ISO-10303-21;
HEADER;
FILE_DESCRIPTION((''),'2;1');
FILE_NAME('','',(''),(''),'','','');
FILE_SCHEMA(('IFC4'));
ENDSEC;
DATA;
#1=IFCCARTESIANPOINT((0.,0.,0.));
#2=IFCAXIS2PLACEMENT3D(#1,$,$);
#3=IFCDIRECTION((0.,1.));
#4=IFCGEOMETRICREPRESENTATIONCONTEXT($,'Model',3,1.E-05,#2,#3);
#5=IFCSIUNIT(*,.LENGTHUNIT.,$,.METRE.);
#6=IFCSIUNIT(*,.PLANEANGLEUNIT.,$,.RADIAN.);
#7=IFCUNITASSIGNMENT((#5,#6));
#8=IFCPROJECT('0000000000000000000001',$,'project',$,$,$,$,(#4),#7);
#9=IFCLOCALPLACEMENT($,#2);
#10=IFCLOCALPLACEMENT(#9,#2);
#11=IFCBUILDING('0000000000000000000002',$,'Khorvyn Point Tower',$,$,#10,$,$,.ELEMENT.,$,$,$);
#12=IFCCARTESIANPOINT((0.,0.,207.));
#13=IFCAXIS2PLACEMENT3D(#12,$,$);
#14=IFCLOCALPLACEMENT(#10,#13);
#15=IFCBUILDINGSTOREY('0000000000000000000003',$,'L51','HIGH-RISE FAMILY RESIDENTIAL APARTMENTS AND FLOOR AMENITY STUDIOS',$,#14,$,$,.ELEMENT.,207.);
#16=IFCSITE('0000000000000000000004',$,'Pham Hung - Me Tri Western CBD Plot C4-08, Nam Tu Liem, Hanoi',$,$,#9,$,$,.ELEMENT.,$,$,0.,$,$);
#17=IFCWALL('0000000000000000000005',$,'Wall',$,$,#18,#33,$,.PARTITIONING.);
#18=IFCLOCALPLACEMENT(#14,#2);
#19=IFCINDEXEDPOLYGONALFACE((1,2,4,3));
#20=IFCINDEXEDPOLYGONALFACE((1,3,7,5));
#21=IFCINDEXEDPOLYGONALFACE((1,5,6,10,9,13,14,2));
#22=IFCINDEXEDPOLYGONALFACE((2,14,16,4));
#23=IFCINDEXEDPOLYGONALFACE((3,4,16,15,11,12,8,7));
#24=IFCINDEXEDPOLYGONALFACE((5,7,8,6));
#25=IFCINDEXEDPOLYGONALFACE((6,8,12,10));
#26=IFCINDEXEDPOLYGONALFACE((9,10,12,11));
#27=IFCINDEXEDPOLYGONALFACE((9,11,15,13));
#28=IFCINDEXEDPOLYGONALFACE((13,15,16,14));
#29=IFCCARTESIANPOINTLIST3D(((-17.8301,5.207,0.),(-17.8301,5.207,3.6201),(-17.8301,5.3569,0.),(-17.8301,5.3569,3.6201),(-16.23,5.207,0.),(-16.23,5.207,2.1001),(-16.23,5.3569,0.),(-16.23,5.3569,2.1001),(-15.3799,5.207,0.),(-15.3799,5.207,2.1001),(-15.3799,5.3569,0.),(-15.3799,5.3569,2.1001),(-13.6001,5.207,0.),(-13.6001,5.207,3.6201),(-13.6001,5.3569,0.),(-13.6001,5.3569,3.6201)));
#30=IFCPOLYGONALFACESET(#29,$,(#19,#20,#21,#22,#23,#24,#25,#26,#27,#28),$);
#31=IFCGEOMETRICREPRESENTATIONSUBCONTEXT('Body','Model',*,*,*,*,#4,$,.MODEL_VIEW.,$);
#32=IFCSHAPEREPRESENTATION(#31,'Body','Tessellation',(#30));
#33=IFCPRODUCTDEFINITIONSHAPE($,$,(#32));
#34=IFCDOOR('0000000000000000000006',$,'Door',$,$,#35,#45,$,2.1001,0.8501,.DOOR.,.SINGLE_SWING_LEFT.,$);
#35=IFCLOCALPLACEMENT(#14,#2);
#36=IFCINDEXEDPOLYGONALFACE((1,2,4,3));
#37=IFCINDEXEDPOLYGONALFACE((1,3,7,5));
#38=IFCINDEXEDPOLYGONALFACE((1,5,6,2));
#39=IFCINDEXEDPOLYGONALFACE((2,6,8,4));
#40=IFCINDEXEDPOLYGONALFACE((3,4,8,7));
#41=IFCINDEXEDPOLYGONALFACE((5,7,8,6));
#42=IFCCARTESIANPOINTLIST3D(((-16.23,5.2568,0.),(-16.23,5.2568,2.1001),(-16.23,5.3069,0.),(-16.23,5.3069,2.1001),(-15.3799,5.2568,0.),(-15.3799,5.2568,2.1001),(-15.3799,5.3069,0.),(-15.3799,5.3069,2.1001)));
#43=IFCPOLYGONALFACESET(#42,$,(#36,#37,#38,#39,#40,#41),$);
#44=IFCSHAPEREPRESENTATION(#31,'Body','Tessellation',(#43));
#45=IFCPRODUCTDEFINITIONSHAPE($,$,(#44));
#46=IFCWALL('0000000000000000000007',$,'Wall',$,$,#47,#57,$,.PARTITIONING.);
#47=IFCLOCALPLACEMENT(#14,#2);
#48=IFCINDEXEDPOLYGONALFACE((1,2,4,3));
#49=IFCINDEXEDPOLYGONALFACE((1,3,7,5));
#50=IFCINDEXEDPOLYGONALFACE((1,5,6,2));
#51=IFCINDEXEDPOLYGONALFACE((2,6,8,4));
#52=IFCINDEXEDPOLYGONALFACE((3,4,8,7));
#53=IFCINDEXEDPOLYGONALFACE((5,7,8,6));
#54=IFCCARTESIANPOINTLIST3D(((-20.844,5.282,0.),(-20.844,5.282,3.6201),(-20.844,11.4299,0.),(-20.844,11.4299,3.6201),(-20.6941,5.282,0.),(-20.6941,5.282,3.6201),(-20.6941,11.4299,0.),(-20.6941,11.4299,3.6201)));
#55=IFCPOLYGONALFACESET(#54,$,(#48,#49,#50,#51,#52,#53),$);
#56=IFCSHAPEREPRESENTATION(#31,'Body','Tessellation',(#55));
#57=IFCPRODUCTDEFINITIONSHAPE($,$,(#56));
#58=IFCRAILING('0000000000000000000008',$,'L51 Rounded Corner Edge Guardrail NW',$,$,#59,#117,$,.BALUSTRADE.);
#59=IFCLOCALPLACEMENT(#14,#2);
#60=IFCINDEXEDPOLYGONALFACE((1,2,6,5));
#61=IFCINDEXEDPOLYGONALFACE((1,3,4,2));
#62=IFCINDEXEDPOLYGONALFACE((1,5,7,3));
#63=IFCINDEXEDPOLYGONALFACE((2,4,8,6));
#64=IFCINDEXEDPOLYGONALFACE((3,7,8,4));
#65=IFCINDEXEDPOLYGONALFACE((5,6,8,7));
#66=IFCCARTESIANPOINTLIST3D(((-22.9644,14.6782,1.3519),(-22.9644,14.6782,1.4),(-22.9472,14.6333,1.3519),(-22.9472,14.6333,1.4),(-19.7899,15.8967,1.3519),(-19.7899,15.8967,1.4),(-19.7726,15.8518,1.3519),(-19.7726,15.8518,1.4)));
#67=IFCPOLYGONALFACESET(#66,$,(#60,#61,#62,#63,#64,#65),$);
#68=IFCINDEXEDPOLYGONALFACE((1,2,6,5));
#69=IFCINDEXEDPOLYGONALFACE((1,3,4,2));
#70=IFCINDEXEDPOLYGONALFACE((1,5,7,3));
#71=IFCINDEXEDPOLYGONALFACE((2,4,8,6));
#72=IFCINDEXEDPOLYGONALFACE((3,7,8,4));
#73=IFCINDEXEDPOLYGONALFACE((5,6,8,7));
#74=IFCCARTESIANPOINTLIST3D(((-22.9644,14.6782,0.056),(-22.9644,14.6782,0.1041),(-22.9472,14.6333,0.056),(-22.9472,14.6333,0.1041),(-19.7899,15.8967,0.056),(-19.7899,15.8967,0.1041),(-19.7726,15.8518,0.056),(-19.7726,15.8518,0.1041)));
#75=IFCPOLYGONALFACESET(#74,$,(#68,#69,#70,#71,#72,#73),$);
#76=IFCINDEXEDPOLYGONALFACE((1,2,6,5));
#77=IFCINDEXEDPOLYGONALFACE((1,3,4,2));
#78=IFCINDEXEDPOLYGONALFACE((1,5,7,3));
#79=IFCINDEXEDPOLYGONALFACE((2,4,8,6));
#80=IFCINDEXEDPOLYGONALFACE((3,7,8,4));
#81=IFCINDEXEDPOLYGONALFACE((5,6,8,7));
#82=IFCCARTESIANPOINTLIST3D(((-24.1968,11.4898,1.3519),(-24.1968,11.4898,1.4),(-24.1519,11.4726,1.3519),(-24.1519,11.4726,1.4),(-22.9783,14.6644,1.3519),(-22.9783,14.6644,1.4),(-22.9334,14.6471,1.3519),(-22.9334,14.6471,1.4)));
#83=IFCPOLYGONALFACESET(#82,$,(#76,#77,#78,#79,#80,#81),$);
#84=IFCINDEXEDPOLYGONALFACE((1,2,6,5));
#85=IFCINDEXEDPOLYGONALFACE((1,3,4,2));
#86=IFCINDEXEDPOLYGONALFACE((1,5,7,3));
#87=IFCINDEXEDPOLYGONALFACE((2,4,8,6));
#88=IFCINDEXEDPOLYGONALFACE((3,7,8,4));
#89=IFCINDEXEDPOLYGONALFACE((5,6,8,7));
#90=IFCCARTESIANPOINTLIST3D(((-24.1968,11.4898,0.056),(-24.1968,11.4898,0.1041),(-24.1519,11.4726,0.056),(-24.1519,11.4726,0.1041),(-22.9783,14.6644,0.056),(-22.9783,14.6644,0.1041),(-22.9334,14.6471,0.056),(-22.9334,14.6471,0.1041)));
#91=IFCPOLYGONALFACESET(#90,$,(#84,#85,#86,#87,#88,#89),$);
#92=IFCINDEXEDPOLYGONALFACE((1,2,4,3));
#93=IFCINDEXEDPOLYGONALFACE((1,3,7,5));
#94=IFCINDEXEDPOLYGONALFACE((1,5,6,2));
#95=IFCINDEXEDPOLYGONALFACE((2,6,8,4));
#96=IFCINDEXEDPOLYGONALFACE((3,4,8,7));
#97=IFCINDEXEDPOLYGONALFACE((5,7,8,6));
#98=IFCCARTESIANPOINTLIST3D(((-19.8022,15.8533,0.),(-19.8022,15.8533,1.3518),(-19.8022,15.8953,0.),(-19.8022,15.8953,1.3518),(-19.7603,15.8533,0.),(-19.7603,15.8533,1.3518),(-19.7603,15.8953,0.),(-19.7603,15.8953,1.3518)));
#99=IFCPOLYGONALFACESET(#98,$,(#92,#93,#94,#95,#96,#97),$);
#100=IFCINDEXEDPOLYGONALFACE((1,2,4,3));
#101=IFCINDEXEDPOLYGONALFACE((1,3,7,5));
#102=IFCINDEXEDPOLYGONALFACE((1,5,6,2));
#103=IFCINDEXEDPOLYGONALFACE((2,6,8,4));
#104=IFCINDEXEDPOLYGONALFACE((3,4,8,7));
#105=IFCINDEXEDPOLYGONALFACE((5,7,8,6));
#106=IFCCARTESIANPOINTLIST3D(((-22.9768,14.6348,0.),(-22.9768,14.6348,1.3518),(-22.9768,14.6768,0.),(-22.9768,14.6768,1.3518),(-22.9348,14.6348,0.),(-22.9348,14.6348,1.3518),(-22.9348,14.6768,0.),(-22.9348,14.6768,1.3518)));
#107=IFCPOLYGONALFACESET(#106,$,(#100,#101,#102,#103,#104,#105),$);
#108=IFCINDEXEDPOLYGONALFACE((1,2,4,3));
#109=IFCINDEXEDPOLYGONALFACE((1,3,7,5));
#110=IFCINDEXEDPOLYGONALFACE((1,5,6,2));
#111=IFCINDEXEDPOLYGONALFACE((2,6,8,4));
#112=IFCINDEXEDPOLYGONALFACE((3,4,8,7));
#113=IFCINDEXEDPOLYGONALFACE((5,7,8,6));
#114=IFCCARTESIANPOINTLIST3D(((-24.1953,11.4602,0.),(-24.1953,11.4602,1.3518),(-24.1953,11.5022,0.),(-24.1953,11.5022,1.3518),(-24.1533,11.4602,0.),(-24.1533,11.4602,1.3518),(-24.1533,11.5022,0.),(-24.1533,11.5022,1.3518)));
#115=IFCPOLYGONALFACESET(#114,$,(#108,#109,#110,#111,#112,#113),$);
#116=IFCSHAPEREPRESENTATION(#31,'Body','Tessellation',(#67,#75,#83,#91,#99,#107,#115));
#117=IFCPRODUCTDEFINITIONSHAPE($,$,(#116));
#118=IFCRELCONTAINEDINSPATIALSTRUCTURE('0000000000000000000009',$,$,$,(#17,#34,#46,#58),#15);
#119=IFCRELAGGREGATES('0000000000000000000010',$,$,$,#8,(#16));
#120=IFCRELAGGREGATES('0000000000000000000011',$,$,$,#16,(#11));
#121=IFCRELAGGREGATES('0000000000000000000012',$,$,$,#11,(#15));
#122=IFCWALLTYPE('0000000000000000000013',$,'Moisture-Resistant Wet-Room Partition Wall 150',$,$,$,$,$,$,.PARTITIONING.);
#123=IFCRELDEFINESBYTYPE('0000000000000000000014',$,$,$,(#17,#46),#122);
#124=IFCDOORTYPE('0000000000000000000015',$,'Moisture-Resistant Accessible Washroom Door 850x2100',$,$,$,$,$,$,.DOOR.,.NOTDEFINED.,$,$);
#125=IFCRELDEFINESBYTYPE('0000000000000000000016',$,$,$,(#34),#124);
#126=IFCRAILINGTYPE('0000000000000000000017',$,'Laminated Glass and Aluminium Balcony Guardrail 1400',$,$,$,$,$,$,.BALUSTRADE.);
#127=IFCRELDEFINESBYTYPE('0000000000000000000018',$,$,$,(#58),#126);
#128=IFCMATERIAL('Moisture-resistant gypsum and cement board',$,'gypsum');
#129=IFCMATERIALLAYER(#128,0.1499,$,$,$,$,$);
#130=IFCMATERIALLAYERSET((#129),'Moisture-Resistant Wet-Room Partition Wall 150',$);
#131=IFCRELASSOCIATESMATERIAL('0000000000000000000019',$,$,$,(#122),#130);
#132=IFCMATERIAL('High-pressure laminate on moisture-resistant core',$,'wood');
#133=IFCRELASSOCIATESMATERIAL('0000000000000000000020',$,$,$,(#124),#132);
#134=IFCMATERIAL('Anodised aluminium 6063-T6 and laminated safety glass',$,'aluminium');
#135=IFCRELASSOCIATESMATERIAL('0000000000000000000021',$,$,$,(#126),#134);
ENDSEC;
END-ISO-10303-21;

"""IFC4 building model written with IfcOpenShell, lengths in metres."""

from ifc_helpers import new_model, si_unit, direction, frame, frame_2d, origin, origin_2d, place, context, subcontext, project, spatial, rectangle, extrude, material, layer, layer_set, type_object, element, fill, save


model = new_model("IFC4")

# Units and contexts
model_context = context("Model", 3, precision=1e-05, world=origin(), true_north=direction((0.0, 1.0)))
body_context = subcontext(model_context, "Body", "Model", "MODEL_VIEW")
ifc_project = project(units=[si_unit("LENGTHUNIT", "METRE"), si_unit("PLANEANGLEUNIT", "RADIAN")], contexts=[model_context])

# Site, building, storey
site_placement = place(None, origin())
site = spatial("IfcSite", under=ifc_project, at=site_placement, Name="Pham Hung - Me Tri Western CBD Plot C4-08, Nam Tu Liem, Hanoi", CompositionType="ELEMENT", RefElevation=0.0)
building_placement = place(site_placement, origin())
building = spatial("IfcBuilding", under=site, at=building_placement, Name="Khorvyn Point Tower", CompositionType="ELEMENT")
storey_placement = place(building_placement, frame((0.0, 0.0, 207.0)))
storey = spatial("IfcBuildingStorey", under=building, at=storey_placement, Name="L51", Description="HIGH-RISE FAMILY RESIDENTIAL APARTMENTS AND FLOOR AMENITY STUDIOS", CompositionType="ELEMENT", Elevation=207.0)

# Wall, opening, door
ifc_material_1 = material(Name="Moisture-resistant gypsum and cement board", Category="gypsum")
ifc_layer_1 = layer(ifc_material_1, 0.1499)
ifc_layer_set_1 = layer_set([ifc_layer_1], Name="Moisture-Resistant Wet-Room Partition Wall 150")
wall_type_1 = type_object("IfcWallType", Name="Moisture-Resistant Wet-Room Partition Wall 150", PredefinedType="PARTITIONING", material=ifc_layer_set_1)
wall_1_placement = place(storey_placement, frame((-17.8301, 5.282, 0.0), z_axis=(0.0, 0.0, 1.0), x_axis=(1.0, 0.0, 0.0)))
wall_1 = element("IfcWall", 1, at=wall_1_placement, inside=storey, type_object=wall_type_1, Name="Wall", PredefinedType="PARTITIONING", context=body_context, shape_type="SweptSolid", body=[
    extrude(rectangle(XDim=4.23, YDim=0.1499, at=frame_2d((2.115, 0.0))), origin(), (0.0, 0.0, 1.0), 3.6201),
])
opening_1_placement = place(wall_1_placement, frame((1.6001, 0.0, 0.0)))
opening_1 = element("IfcOpeningElement", 2, at=opening_1_placement, cuts=wall_1, PredefinedType="OPENING", context=body_context, shape_type="SweptSolid", body=[
    extrude(rectangle(XDim=0.8501, YDim=2.1001, at=frame_2d((0.425, 1.05))), frame((0.0, 0.085, 0.0), z_axis=(0.0, -1.0, 0.0), x_axis=(1.0, 0.0, 0.0)), (0.0, 0.0, 1.0), 0.1699),
])
ifc_material_2 = material(Name="High-pressure laminate on moisture-resistant core", Category="wood")
door_type_1 = type_object("IfcDoorType", Name="Moisture-Resistant Accessible Washroom Door 850x2100", OperationType="NOTDEFINED", PredefinedType="DOOR", material=ifc_material_2)
door_1_placement = place(opening_1_placement, origin())
door_1 = element("IfcDoor", 3, at=door_1_placement, inside=storey, type_object=door_type_1, Name="Door", OperationType="SINGLE_SWING_LEFT", OverallHeight=2.1001, OverallWidth=0.8501, PredefinedType="DOOR", context=body_context, shape_type="SweptSolid", body=[
    extrude(rectangle(XDim=0.8501, YDim=2.1001, at=frame_2d((0.425, 1.05))), frame((0.0, 0.0249, 0.0), z_axis=(0.0, -1.0, 0.0), x_axis=(1.0, 0.0, 0.0)), (0.0, 0.0, 1.0), 0.05),
])
fill(opening_1, door_1)

# Wall
wall_2_placement = place(storey_placement, frame((-20.769, 5.282, 0.0), z_axis=(0.0, 0.0, 1.0), x_axis=(0.0, 1.0, 0.0)))
element("IfcWall", 4, at=wall_2_placement, inside=storey, type_object=wall_type_1, Name="Wall", PredefinedType="PARTITIONING", context=body_context, shape_type="SweptSolid", body=[
    extrude(rectangle(XDim=6.1479, YDim=0.1499, at=frame_2d((3.074, 0.0))), origin(), (0.0, 0.0, 1.0), 3.6201),
])

# Railing
ifc_material_3 = material(Name="Anodised aluminium 6063-T6 and laminated safety glass", Category="aluminium")
railing_type = type_object("IfcRailingType", Name="Laminated Glass and Aluminium Balcony Guardrail 1400", PredefinedType="BALUSTRADE", material=ifc_material_3)
railing_1_placement = place(storey_placement, frame((-19.7812, 15.8743, 0.0)))
element("IfcRailing", 5, at=railing_1_placement, inside=storey, type_object=railing_type, Name="L51 Rounded Corner Edge Guardrail NW", PredefinedType="BALUSTRADE", context=body_context, shape_type="SweptSolid", body=[
    extrude(rectangle(XDim=0.0481, YDim=0.0481, at=origin_2d()), frame((0.0, 0.0, 1.376), z_axis=(-0.93359, -0.358344, 0.0), x_axis=(0.358344, -0.93359, 0.0)), (0.0, 0.0, 1.0), 3.4004),
    extrude(rectangle(XDim=0.0481, YDim=0.0481, at=origin_2d()), frame((0.0, 0.0, 0.0801), z_axis=(-0.93359, -0.358344, 0.0), x_axis=(0.358344, -0.93359, 0.0)), (0.0, 0.0, 1.0), 3.4004),
    extrude(rectangle(XDim=0.0481, YDim=0.0481, at=origin_2d()), frame((-3.1746, -1.2185, 1.376), z_axis=(-0.358344, -0.93359, 0.0), x_axis=(0.93359, -0.358344, 0.0)), (0.0, 0.0, 1.0), 3.4004),
    extrude(rectangle(XDim=0.0481, YDim=0.0481, at=origin_2d()), frame((-3.1746, -1.2185, 0.0801), z_axis=(-0.358344, -0.93359, 0.0), x_axis=(0.93359, -0.358344, 0.0)), (0.0, 0.0, 1.0), 3.4004),
    extrude(rectangle(XDim=0.042, YDim=0.042, at=origin_2d()), origin(), (0.0, 0.0, 1.0), 1.3518),
    extrude(rectangle(XDim=0.042, YDim=0.042, at=origin_2d()), frame((-3.1746, -1.2185, 0.0)), (0.0, 0.0, 1.0), 1.3518),
    extrude(rectangle(XDim=0.042, YDim=0.042, at=origin_2d()), frame((-4.3931, -4.3931, 0.0)), (0.0, 0.0, 1.0), 1.3518),
])

save(model, "model.ifc")
